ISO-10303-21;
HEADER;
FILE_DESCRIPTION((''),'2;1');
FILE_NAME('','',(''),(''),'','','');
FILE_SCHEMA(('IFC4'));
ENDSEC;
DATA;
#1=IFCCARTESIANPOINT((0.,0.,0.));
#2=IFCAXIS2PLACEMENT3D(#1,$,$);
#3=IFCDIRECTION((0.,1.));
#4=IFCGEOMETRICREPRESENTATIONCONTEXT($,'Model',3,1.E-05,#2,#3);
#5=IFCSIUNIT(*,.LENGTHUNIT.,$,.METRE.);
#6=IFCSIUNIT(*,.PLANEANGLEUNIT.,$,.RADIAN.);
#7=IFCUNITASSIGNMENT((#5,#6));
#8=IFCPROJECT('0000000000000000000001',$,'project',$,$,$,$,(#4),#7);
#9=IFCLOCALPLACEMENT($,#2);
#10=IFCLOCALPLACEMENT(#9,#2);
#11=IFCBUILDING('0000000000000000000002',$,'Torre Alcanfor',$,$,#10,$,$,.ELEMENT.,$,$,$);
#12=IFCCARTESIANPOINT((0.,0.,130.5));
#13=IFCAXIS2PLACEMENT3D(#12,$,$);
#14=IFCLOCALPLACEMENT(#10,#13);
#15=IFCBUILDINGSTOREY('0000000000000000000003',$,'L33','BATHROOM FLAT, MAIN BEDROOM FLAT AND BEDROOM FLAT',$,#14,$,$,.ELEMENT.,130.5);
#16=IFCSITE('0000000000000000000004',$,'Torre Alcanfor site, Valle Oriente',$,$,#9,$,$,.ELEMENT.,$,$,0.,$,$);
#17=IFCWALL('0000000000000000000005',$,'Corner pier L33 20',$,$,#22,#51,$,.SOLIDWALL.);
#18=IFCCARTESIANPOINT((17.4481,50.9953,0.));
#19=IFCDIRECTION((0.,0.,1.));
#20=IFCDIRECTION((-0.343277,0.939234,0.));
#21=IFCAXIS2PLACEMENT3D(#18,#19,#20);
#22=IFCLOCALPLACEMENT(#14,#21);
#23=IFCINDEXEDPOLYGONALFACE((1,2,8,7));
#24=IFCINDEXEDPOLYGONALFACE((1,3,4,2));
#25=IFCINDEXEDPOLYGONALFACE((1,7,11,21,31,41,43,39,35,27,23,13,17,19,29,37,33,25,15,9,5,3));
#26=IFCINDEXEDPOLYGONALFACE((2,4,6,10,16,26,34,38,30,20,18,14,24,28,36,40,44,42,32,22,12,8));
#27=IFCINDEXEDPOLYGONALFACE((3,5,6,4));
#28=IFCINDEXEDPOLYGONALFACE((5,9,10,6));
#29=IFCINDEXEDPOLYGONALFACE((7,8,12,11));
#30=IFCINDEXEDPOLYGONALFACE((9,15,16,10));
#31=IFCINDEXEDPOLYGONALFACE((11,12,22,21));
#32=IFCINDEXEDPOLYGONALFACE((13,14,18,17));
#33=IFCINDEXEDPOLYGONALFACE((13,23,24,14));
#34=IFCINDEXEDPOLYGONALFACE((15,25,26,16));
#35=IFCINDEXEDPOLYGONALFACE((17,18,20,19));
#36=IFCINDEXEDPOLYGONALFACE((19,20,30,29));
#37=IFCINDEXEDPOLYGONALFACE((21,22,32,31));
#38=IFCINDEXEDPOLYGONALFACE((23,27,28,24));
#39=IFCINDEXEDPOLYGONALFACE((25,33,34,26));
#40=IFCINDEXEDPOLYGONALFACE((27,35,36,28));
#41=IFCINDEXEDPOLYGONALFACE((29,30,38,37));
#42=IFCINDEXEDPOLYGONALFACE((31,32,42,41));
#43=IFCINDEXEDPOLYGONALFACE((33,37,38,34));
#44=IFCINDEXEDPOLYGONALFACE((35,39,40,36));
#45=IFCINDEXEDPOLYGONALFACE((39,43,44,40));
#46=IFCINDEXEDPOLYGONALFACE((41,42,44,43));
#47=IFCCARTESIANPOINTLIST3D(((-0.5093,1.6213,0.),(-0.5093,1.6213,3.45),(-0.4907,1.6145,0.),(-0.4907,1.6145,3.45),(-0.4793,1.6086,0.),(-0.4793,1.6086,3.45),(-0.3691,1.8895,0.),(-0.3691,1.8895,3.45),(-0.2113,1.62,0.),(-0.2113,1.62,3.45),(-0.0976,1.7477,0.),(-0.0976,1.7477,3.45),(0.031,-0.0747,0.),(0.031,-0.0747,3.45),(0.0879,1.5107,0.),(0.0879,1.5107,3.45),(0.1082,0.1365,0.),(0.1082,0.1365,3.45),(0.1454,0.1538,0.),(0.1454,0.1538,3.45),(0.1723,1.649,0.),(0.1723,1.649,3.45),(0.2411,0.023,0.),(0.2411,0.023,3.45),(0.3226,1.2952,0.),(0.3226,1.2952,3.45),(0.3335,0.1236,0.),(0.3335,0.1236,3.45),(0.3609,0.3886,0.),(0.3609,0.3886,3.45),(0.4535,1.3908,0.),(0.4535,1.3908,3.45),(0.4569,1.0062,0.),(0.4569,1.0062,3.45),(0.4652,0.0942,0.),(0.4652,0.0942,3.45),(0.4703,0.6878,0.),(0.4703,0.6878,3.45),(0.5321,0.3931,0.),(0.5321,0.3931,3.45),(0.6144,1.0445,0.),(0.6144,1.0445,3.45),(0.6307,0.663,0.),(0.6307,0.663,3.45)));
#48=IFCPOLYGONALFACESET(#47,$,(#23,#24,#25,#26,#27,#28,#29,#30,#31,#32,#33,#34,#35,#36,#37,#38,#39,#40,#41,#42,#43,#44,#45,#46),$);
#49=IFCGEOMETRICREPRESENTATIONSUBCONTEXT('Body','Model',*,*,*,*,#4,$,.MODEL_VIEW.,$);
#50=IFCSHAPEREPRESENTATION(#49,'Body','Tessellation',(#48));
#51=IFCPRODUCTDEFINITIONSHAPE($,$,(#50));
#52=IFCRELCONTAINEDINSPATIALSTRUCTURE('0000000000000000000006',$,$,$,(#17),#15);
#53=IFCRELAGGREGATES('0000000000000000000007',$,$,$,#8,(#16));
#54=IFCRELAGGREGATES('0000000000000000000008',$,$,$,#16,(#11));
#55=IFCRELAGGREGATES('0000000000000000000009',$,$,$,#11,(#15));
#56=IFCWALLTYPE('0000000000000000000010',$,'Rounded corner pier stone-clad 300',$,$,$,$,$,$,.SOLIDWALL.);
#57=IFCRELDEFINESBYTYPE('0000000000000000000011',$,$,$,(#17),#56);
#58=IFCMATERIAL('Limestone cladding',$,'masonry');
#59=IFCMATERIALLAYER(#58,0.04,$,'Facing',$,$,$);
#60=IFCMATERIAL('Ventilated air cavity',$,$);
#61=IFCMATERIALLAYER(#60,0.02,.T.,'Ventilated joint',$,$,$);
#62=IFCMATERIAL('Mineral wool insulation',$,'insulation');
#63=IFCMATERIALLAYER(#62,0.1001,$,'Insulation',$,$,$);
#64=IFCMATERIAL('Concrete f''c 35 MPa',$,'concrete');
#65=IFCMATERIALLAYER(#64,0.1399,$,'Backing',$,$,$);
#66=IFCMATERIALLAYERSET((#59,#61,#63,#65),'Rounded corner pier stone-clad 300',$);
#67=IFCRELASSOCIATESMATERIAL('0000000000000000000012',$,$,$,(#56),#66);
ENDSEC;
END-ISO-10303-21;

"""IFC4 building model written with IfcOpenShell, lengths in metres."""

from ifc_helpers import new_model, si_unit, direction, frame, origin, place, context, subcontext, project, spatial, polyline, outline, extrude, material, layer, layer_set, type_object, element, save


model = new_model("IFC4")

# Units and contexts
model_context = context("Model", 3, precision=1e-05, world=origin(), true_north=direction((0.0, 1.0)))
body_context = subcontext(model_context, "Body", "Model", "MODEL_VIEW")
ifc_project = project(units=[si_unit("LENGTHUNIT", "METRE"), si_unit("PLANEANGLEUNIT", "RADIAN")], contexts=[model_context])

# Site, building, storey
site_placement = place(None, origin())
site = spatial("IfcSite", under=ifc_project, at=site_placement, Name="Torre Alcanfor site, Valle Oriente", CompositionType="ELEMENT", RefElevation=0.0)
building_placement = place(site_placement, origin())
building = spatial("IfcBuilding", under=site, at=building_placement, Name="Torre Alcanfor", CompositionType="ELEMENT")
storey_placement = place(building_placement, frame((0.0, 0.0, 130.5)))
storey = spatial("IfcBuildingStorey", under=building, at=storey_placement, Name="L33", Description="BATHROOM FLAT, MAIN BEDROOM FLAT AND BEDROOM FLAT", CompositionType="ELEMENT", Elevation=130.5)

# Shared definitions
ifc_material_1 = material(Name="Limestone cladding", Category="masonry")
ifc_material_2 = material(Name="Ventilated air cavity")
ifc_material_3 = material(Name="Mineral wool insulation", Category="insulation")
ifc_material_4 = material(Name="Concrete f'c 35 MPa", Category="concrete")

# Wall
ifc_layer_1 = layer(ifc_material_1, 0.04, Name="Facing")
ifc_layer_2 = layer(ifc_material_2, 0.02, ventilated=True, Name="Ventilated joint")
ifc_layer_3 = layer(ifc_material_3, 0.1001, Name="Insulation")
ifc_layer_4 = layer(ifc_material_4, 0.1399, Name="Backing")
ifc_layer_set_1 = layer_set([ifc_layer_1, ifc_layer_2, ifc_layer_3, ifc_layer_4], Name="Rounded corner pier stone-clad 300")
wall_type_1 = type_object("IfcWallType", Name="Rounded corner pier stone-clad 300", PredefinedType="SOLIDWALL", material=ifc_layer_set_1)
wall_1_placement = place(storey_placement, frame((17.4481, 50.9953, 0.0), z_axis=(0.0, 0.0, 1.0), x_axis=(-0.343277, 0.939234, 0.0)))
element("IfcWall", 1, at=wall_1_placement, inside=storey, type_object=wall_type_1, Name="Corner pier L33 20", PredefinedType="SOLIDWALL", context=body_context, shape_type="SweptSolid", body=[
    extrude(outline(polyline([(0.2411, 0.023), (0.3335, 0.1236), (0.4652, 0.0942), (0.5321, 0.3931), (0.6307, 0.663), (0.6144, 1.0445), (0.4535, 1.3908), (0.1723, 1.649), (-0.0976, 1.7477), (-0.3691, 1.8895), (-0.5093, 1.6213), (-0.4907, 1.6145), (-0.4793, 1.6086), (-0.2113, 1.62), (0.0879, 1.5107), (0.3226, 1.2952), (0.4569, 1.0062), (0.4703, 0.6878), (0.3609, 0.3886), (0.1454, 0.1538), (0.1082, 0.1365), (0.031, -0.0747), (0.2411, 0.023)])), origin(), (0.0, 0.0, 1.0), 3.45),
])

save(model, "model.ifc")
